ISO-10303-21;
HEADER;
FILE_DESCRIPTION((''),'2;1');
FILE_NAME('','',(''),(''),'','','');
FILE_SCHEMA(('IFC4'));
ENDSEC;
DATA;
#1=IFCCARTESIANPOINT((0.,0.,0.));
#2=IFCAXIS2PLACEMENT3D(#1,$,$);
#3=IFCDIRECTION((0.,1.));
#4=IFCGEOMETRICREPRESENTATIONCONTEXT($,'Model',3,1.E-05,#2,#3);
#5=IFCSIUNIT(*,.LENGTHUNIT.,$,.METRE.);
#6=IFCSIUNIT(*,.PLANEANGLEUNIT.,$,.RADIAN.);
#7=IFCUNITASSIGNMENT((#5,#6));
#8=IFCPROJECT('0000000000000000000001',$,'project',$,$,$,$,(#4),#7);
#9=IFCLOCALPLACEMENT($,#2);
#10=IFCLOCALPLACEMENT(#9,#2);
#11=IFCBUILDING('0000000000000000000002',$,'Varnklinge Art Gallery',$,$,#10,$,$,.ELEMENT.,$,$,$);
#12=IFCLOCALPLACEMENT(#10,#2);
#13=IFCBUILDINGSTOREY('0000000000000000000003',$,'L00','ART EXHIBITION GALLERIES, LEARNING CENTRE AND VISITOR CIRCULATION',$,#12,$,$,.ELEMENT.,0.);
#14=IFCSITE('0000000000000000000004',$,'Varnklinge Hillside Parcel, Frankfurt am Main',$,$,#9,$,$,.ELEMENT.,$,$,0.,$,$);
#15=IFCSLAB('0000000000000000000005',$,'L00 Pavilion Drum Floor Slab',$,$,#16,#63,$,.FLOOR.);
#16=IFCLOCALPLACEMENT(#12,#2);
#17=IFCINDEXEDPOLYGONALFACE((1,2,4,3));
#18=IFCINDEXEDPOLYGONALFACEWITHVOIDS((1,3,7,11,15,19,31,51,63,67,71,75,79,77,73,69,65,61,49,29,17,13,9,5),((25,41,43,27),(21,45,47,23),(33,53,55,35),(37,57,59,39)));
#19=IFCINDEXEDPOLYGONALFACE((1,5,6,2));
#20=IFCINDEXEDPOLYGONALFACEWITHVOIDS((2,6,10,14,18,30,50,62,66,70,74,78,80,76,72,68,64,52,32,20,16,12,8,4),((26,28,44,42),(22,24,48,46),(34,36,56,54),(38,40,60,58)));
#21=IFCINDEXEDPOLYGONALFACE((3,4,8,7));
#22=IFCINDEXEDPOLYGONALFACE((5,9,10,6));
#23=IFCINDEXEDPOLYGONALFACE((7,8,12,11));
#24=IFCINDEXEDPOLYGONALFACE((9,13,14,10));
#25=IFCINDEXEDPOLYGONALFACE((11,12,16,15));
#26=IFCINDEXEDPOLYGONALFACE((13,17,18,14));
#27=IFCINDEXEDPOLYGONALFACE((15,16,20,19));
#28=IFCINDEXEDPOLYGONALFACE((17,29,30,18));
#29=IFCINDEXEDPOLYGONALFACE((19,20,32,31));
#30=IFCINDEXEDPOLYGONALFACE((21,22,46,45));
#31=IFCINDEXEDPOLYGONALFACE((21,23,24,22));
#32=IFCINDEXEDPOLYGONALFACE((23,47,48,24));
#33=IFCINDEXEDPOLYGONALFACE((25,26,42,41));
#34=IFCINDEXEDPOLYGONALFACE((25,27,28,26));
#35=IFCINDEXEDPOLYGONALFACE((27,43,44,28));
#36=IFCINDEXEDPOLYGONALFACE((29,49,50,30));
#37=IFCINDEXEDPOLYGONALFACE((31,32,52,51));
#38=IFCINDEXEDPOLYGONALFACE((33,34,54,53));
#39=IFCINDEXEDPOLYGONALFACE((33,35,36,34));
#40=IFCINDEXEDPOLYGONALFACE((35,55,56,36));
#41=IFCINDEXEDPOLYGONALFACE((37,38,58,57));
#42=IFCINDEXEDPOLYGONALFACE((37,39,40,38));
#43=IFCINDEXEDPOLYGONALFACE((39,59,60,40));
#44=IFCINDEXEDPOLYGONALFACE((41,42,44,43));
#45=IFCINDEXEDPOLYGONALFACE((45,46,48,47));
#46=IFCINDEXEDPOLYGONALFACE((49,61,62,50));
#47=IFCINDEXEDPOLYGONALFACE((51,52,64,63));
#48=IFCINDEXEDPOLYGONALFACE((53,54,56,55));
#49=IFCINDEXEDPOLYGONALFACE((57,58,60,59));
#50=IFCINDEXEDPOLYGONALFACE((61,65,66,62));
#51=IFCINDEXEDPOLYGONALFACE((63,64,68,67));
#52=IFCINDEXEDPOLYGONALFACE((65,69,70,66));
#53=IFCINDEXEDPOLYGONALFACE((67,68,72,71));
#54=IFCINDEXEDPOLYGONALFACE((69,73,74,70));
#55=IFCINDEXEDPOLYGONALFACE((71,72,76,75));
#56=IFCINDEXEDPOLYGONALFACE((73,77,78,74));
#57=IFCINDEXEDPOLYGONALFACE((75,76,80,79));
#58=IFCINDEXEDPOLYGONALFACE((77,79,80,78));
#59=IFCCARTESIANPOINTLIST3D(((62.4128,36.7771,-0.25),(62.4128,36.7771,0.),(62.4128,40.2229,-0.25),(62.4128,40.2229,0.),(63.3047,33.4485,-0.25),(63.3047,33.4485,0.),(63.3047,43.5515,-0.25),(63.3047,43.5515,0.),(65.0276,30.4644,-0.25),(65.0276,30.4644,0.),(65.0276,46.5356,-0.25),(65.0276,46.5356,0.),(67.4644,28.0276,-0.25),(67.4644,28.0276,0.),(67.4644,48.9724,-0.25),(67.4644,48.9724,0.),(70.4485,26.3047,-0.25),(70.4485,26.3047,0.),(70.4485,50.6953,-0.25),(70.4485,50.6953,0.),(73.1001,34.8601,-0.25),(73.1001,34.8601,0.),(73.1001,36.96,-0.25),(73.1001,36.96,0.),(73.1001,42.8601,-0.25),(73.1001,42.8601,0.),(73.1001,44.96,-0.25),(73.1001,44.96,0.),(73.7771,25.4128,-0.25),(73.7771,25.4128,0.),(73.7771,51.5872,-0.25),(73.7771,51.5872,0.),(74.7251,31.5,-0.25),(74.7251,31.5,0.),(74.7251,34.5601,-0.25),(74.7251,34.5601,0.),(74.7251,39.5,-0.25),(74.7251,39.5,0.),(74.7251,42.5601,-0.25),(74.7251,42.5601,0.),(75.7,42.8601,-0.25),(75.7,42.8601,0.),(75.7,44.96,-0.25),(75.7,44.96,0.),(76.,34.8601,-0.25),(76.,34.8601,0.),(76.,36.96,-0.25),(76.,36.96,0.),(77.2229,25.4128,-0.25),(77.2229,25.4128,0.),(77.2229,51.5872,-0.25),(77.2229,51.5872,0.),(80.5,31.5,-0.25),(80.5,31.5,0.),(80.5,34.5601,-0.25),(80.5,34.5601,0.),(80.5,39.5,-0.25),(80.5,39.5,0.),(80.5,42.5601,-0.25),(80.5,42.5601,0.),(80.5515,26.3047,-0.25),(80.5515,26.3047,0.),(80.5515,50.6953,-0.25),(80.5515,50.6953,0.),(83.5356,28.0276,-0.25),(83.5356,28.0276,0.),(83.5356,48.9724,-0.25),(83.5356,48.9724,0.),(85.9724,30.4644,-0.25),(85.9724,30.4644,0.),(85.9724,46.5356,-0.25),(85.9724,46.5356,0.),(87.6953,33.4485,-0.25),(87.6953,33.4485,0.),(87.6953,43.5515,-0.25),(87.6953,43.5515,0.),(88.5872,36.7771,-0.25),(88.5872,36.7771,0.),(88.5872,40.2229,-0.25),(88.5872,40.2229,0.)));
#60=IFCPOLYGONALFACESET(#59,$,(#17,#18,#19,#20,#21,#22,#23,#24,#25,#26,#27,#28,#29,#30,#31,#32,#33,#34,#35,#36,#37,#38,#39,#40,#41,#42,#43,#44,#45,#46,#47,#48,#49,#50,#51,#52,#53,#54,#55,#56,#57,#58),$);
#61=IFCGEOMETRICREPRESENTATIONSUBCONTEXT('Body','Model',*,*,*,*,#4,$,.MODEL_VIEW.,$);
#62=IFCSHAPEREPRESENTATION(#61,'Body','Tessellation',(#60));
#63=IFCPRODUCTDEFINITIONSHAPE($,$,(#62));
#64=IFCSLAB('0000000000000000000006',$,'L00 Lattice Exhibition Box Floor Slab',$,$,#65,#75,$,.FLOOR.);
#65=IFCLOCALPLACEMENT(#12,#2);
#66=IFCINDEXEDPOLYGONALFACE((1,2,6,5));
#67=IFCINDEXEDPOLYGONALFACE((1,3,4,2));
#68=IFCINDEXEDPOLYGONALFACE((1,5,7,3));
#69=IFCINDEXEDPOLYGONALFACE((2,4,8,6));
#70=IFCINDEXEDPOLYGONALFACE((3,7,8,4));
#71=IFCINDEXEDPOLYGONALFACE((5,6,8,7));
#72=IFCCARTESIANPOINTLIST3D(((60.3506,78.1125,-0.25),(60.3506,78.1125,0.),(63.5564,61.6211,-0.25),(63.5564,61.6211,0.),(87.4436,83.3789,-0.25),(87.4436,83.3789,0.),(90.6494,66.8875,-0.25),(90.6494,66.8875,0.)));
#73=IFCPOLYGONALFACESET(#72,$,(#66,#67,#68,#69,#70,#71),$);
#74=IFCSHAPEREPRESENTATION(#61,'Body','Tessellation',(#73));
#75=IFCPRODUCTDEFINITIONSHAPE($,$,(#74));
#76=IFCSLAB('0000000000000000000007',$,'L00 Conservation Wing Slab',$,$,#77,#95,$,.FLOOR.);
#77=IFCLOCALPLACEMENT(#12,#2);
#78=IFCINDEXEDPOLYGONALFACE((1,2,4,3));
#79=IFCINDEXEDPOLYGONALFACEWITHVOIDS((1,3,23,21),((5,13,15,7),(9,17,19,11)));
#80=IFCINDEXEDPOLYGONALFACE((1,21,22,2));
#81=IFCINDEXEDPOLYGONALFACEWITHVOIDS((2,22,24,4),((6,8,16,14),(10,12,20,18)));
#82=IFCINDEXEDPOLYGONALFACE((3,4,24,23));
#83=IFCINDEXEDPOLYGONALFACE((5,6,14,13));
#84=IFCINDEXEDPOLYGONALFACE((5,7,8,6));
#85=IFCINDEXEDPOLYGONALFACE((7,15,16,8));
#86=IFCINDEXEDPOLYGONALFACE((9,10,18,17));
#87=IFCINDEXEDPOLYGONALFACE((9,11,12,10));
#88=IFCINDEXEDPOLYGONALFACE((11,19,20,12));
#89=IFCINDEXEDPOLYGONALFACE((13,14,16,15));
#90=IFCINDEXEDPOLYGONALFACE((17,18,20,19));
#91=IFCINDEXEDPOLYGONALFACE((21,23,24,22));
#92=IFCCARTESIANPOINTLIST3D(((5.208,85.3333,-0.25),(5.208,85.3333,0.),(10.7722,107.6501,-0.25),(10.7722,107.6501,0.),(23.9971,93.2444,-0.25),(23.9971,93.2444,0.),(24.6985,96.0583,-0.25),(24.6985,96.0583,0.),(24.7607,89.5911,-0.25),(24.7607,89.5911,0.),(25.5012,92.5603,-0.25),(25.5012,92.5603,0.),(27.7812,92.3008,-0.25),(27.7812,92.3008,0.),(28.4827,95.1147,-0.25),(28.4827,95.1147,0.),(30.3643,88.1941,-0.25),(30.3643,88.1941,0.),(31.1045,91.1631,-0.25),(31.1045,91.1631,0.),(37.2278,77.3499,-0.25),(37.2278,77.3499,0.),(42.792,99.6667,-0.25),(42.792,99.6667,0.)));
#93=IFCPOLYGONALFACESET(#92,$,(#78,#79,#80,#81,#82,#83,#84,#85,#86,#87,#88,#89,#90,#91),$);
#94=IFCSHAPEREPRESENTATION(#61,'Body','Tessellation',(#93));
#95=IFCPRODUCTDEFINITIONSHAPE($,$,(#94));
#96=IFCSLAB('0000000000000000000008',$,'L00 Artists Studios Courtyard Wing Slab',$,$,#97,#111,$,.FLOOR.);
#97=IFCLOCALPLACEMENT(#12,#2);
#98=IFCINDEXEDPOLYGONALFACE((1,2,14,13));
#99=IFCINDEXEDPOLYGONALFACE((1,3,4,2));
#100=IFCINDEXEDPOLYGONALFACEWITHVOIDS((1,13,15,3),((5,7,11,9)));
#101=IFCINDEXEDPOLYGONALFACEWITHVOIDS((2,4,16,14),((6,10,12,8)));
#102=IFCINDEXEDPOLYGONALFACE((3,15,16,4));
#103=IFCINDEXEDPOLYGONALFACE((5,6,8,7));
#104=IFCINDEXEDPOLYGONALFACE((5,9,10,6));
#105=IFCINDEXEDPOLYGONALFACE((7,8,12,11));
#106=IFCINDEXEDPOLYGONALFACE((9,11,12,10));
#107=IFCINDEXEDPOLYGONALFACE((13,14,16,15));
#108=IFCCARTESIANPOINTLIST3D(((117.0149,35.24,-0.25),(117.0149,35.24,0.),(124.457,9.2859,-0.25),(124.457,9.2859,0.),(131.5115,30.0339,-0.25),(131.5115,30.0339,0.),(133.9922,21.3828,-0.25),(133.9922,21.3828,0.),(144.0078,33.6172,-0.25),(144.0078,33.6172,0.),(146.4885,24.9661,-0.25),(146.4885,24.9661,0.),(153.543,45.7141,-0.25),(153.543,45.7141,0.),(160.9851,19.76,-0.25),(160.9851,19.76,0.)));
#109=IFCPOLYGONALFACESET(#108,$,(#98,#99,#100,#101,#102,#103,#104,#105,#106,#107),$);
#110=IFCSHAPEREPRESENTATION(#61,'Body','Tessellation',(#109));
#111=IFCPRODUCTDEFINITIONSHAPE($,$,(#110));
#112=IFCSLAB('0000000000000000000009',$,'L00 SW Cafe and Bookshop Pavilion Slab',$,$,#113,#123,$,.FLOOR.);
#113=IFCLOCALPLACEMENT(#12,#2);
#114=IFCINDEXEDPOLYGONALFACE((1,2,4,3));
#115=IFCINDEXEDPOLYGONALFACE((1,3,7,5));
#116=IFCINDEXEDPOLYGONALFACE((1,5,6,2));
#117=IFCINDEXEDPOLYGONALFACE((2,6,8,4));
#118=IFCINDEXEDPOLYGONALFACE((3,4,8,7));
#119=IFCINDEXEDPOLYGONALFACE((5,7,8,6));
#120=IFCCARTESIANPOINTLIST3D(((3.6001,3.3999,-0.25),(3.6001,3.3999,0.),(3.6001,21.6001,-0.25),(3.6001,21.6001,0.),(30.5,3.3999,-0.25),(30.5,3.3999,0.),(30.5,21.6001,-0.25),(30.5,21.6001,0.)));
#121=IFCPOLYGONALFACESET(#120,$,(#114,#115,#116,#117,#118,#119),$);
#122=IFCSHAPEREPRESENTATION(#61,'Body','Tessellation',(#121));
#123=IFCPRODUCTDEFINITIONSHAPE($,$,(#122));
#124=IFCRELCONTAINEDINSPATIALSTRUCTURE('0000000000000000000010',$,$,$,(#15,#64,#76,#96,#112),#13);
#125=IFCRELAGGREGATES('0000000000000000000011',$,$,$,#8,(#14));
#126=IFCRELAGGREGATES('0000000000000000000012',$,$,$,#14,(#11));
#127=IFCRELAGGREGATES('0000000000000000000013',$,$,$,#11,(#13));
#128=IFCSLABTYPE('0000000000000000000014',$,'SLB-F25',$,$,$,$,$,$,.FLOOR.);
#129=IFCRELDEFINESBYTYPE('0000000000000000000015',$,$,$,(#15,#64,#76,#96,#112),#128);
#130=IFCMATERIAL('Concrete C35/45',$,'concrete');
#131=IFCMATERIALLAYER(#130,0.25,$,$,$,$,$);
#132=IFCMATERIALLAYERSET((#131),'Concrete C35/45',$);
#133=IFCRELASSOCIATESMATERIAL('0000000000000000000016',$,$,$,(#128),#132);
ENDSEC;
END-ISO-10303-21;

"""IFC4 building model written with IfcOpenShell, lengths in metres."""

from ifc_helpers import new_model, si_unit, direction, frame, origin, place, context, subcontext, project, spatial, polyline, outline, extrude, material, layer, layer_set, type_object, element, save


model = new_model("IFC4")

# Units and contexts
model_context = context("Model", 3, precision=1e-05, world=origin(), true_north=direction((0.0, 1.0)))
body_context = subcontext(model_context, "Body", "Model", "MODEL_VIEW")
ifc_project = project(units=[si_unit("LENGTHUNIT", "METRE"), si_unit("PLANEANGLEUNIT", "RADIAN")], contexts=[model_context])

# Site, building, storey
site_placement = place(None, origin())
site = spatial("IfcSite", under=ifc_project, at=site_placement, Name="Varnklinge Hillside Parcel, Frankfurt am Main", CompositionType="ELEMENT", RefElevation=0.0)
building_placement = place(site_placement, origin())
building = spatial("IfcBuilding", under=site, at=building_placement, Name="Varnklinge Art Gallery", CompositionType="ELEMENT")
storey_placement = place(building_placement, origin())
storey = spatial("IfcBuildingStorey", under=building, at=storey_placement, Name="L00", Description="ART EXHIBITION GALLERIES, LEARNING CENTRE AND VISITOR CIRCULATION", CompositionType="ELEMENT", Elevation=0.0)

# Slabs
ifc_material_1 = material(Name="Concrete C35/45", Category="concrete")
ifc_layer_1 = layer(ifc_material_1, 0.25)
ifc_layer_set_1 = layer_set([ifc_layer_1], Name="Concrete C35/45")
slab_type_1 = type_object("IfcSlabType", Name="SLB-F25", PredefinedType="FLOOR", material=ifc_layer_set_1)
slab_1_placement = place(storey_placement, frame((0.0, 0.0, -0.25)))
element("IfcSlab", 1, at=slab_1_placement, inside=storey, type_object=slab_type_1, Name="L00 Pavilion Drum Floor Slab", PredefinedType="FLOOR", context=body_context, shape_type="SweptSolid", body=[
    extrude(outline(polyline([(85.9724, 30.4644), (87.6953, 33.4485), (88.5872, 36.7771), (88.5872, 40.2229), (87.6953, 43.5515), (85.9724, 46.5356), (83.5356, 48.9724), (80.5515, 50.6953), (77.2229, 51.5872), (73.7771, 51.5872), (70.4485, 50.6953), (67.4644, 48.9724), (65.0276, 46.5356), (63.3047, 43.5515), (62.4128, 40.2229), (62.4128, 36.7771), (63.3047, 33.4485), (65.0276, 30.4644), (67.4644, 28.0276), (70.4485, 26.3047), (73.7771, 25.4128), (77.2229, 25.4128), (80.5515, 26.3047), (83.5356, 28.0276), (85.9724, 30.4644)]), holes=[polyline([(74.7251, 31.5), (74.7251, 34.5601), (80.5, 34.5601), (80.5, 31.5), (74.7251, 31.5)]), polyline([(73.1001, 36.96), (76.0, 36.96), (76.0, 34.8601), (73.1001, 34.8601), (73.1001, 36.96)]), polyline([(80.5, 42.5601), (80.5, 39.5), (74.7251, 39.5), (74.7251, 42.5601), (80.5, 42.5601)]), polyline([(75.7, 42.8601), (73.1001, 42.8601), (73.1001, 44.96), (75.7, 44.96), (75.7, 42.8601)])]), origin(), (0.0, 0.0, 1.0), 0.25),
])
slab_2_placement = place(storey_placement, frame((0.0, 0.0, -0.25)))
element("IfcSlab", 2, at=slab_2_placement, inside=storey, type_object=slab_type_1, Name="L00 Lattice Exhibition Box Floor Slab", PredefinedType="FLOOR", context=body_context, shape_type="SweptSolid", body=[
    extrude(outline(polyline([(90.6494, 66.8875), (87.4436, 83.3789), (60.3506, 78.1125), (63.5564, 61.6211), (90.6494, 66.8875)])), origin(), (0.0, 0.0, 1.0), 0.25),
])
slab_3_placement = place(storey_placement, frame((0.0, 0.0, -0.25)))
element("IfcSlab", 3, at=slab_3_placement, inside=storey, type_object=slab_type_1, Name="L00 Conservation Wing Slab", PredefinedType="FLOOR", context=body_context, shape_type="SweptSolid", body=[
    extrude(outline(polyline([(10.7722, 107.6501), (5.208, 85.3333), (37.2278, 77.3499), (42.792, 99.6667), (10.7722, 107.6501)]), holes=[polyline([(25.5012, 92.5603), (31.1045, 91.1631), (30.3643, 88.1941), (24.7607, 89.5911), (25.5012, 92.5603)]), polyline([(28.4827, 95.1147), (27.7812, 92.3008), (23.9971, 93.2444), (24.6985, 96.0583), (28.4827, 95.1147)])]), origin(), (0.0, 0.0, 1.0), 0.25),
])
slab_4_placement = place(storey_placement, frame((0.0, 0.0, -0.25)))
element("IfcSlab", 4, at=slab_4_placement, inside=storey, type_object=slab_type_1, Name="L00 Artists Studios Courtyard Wing Slab", PredefinedType="FLOOR", context=body_context, shape_type="SweptSolid", body=[
    extrude(outline(polyline([(124.457, 9.2859), (160.9851, 19.76), (153.543, 45.7141), (117.0149, 35.24), (124.457, 9.2859)]), holes=[polyline([(131.5115, 30.0339), (144.0078, 33.6172), (146.4885, 24.9661), (133.9922, 21.3828), (131.5115, 30.0339)])]), origin(), (0.0, 0.0, 1.0), 0.25),
])
slab_5_placement = place(storey_placement, frame((0.0, 0.0, -0.25)))
element("IfcSlab", 5, at=slab_5_placement, inside=storey, type_object=slab_type_1, Name="L00 SW Cafe and Bookshop Pavilion Slab", PredefinedType="FLOOR", context=body_context, shape_type="SweptSolid", body=[
    extrude(outline(polyline([(30.5, 3.3999), (30.5, 21.6001), (3.6001, 21.6001), (3.6001, 3.3999), (30.5, 3.3999)])), origin(), (0.0, 0.0, 1.0), 0.25),
])

save(model, "model.ifc")
